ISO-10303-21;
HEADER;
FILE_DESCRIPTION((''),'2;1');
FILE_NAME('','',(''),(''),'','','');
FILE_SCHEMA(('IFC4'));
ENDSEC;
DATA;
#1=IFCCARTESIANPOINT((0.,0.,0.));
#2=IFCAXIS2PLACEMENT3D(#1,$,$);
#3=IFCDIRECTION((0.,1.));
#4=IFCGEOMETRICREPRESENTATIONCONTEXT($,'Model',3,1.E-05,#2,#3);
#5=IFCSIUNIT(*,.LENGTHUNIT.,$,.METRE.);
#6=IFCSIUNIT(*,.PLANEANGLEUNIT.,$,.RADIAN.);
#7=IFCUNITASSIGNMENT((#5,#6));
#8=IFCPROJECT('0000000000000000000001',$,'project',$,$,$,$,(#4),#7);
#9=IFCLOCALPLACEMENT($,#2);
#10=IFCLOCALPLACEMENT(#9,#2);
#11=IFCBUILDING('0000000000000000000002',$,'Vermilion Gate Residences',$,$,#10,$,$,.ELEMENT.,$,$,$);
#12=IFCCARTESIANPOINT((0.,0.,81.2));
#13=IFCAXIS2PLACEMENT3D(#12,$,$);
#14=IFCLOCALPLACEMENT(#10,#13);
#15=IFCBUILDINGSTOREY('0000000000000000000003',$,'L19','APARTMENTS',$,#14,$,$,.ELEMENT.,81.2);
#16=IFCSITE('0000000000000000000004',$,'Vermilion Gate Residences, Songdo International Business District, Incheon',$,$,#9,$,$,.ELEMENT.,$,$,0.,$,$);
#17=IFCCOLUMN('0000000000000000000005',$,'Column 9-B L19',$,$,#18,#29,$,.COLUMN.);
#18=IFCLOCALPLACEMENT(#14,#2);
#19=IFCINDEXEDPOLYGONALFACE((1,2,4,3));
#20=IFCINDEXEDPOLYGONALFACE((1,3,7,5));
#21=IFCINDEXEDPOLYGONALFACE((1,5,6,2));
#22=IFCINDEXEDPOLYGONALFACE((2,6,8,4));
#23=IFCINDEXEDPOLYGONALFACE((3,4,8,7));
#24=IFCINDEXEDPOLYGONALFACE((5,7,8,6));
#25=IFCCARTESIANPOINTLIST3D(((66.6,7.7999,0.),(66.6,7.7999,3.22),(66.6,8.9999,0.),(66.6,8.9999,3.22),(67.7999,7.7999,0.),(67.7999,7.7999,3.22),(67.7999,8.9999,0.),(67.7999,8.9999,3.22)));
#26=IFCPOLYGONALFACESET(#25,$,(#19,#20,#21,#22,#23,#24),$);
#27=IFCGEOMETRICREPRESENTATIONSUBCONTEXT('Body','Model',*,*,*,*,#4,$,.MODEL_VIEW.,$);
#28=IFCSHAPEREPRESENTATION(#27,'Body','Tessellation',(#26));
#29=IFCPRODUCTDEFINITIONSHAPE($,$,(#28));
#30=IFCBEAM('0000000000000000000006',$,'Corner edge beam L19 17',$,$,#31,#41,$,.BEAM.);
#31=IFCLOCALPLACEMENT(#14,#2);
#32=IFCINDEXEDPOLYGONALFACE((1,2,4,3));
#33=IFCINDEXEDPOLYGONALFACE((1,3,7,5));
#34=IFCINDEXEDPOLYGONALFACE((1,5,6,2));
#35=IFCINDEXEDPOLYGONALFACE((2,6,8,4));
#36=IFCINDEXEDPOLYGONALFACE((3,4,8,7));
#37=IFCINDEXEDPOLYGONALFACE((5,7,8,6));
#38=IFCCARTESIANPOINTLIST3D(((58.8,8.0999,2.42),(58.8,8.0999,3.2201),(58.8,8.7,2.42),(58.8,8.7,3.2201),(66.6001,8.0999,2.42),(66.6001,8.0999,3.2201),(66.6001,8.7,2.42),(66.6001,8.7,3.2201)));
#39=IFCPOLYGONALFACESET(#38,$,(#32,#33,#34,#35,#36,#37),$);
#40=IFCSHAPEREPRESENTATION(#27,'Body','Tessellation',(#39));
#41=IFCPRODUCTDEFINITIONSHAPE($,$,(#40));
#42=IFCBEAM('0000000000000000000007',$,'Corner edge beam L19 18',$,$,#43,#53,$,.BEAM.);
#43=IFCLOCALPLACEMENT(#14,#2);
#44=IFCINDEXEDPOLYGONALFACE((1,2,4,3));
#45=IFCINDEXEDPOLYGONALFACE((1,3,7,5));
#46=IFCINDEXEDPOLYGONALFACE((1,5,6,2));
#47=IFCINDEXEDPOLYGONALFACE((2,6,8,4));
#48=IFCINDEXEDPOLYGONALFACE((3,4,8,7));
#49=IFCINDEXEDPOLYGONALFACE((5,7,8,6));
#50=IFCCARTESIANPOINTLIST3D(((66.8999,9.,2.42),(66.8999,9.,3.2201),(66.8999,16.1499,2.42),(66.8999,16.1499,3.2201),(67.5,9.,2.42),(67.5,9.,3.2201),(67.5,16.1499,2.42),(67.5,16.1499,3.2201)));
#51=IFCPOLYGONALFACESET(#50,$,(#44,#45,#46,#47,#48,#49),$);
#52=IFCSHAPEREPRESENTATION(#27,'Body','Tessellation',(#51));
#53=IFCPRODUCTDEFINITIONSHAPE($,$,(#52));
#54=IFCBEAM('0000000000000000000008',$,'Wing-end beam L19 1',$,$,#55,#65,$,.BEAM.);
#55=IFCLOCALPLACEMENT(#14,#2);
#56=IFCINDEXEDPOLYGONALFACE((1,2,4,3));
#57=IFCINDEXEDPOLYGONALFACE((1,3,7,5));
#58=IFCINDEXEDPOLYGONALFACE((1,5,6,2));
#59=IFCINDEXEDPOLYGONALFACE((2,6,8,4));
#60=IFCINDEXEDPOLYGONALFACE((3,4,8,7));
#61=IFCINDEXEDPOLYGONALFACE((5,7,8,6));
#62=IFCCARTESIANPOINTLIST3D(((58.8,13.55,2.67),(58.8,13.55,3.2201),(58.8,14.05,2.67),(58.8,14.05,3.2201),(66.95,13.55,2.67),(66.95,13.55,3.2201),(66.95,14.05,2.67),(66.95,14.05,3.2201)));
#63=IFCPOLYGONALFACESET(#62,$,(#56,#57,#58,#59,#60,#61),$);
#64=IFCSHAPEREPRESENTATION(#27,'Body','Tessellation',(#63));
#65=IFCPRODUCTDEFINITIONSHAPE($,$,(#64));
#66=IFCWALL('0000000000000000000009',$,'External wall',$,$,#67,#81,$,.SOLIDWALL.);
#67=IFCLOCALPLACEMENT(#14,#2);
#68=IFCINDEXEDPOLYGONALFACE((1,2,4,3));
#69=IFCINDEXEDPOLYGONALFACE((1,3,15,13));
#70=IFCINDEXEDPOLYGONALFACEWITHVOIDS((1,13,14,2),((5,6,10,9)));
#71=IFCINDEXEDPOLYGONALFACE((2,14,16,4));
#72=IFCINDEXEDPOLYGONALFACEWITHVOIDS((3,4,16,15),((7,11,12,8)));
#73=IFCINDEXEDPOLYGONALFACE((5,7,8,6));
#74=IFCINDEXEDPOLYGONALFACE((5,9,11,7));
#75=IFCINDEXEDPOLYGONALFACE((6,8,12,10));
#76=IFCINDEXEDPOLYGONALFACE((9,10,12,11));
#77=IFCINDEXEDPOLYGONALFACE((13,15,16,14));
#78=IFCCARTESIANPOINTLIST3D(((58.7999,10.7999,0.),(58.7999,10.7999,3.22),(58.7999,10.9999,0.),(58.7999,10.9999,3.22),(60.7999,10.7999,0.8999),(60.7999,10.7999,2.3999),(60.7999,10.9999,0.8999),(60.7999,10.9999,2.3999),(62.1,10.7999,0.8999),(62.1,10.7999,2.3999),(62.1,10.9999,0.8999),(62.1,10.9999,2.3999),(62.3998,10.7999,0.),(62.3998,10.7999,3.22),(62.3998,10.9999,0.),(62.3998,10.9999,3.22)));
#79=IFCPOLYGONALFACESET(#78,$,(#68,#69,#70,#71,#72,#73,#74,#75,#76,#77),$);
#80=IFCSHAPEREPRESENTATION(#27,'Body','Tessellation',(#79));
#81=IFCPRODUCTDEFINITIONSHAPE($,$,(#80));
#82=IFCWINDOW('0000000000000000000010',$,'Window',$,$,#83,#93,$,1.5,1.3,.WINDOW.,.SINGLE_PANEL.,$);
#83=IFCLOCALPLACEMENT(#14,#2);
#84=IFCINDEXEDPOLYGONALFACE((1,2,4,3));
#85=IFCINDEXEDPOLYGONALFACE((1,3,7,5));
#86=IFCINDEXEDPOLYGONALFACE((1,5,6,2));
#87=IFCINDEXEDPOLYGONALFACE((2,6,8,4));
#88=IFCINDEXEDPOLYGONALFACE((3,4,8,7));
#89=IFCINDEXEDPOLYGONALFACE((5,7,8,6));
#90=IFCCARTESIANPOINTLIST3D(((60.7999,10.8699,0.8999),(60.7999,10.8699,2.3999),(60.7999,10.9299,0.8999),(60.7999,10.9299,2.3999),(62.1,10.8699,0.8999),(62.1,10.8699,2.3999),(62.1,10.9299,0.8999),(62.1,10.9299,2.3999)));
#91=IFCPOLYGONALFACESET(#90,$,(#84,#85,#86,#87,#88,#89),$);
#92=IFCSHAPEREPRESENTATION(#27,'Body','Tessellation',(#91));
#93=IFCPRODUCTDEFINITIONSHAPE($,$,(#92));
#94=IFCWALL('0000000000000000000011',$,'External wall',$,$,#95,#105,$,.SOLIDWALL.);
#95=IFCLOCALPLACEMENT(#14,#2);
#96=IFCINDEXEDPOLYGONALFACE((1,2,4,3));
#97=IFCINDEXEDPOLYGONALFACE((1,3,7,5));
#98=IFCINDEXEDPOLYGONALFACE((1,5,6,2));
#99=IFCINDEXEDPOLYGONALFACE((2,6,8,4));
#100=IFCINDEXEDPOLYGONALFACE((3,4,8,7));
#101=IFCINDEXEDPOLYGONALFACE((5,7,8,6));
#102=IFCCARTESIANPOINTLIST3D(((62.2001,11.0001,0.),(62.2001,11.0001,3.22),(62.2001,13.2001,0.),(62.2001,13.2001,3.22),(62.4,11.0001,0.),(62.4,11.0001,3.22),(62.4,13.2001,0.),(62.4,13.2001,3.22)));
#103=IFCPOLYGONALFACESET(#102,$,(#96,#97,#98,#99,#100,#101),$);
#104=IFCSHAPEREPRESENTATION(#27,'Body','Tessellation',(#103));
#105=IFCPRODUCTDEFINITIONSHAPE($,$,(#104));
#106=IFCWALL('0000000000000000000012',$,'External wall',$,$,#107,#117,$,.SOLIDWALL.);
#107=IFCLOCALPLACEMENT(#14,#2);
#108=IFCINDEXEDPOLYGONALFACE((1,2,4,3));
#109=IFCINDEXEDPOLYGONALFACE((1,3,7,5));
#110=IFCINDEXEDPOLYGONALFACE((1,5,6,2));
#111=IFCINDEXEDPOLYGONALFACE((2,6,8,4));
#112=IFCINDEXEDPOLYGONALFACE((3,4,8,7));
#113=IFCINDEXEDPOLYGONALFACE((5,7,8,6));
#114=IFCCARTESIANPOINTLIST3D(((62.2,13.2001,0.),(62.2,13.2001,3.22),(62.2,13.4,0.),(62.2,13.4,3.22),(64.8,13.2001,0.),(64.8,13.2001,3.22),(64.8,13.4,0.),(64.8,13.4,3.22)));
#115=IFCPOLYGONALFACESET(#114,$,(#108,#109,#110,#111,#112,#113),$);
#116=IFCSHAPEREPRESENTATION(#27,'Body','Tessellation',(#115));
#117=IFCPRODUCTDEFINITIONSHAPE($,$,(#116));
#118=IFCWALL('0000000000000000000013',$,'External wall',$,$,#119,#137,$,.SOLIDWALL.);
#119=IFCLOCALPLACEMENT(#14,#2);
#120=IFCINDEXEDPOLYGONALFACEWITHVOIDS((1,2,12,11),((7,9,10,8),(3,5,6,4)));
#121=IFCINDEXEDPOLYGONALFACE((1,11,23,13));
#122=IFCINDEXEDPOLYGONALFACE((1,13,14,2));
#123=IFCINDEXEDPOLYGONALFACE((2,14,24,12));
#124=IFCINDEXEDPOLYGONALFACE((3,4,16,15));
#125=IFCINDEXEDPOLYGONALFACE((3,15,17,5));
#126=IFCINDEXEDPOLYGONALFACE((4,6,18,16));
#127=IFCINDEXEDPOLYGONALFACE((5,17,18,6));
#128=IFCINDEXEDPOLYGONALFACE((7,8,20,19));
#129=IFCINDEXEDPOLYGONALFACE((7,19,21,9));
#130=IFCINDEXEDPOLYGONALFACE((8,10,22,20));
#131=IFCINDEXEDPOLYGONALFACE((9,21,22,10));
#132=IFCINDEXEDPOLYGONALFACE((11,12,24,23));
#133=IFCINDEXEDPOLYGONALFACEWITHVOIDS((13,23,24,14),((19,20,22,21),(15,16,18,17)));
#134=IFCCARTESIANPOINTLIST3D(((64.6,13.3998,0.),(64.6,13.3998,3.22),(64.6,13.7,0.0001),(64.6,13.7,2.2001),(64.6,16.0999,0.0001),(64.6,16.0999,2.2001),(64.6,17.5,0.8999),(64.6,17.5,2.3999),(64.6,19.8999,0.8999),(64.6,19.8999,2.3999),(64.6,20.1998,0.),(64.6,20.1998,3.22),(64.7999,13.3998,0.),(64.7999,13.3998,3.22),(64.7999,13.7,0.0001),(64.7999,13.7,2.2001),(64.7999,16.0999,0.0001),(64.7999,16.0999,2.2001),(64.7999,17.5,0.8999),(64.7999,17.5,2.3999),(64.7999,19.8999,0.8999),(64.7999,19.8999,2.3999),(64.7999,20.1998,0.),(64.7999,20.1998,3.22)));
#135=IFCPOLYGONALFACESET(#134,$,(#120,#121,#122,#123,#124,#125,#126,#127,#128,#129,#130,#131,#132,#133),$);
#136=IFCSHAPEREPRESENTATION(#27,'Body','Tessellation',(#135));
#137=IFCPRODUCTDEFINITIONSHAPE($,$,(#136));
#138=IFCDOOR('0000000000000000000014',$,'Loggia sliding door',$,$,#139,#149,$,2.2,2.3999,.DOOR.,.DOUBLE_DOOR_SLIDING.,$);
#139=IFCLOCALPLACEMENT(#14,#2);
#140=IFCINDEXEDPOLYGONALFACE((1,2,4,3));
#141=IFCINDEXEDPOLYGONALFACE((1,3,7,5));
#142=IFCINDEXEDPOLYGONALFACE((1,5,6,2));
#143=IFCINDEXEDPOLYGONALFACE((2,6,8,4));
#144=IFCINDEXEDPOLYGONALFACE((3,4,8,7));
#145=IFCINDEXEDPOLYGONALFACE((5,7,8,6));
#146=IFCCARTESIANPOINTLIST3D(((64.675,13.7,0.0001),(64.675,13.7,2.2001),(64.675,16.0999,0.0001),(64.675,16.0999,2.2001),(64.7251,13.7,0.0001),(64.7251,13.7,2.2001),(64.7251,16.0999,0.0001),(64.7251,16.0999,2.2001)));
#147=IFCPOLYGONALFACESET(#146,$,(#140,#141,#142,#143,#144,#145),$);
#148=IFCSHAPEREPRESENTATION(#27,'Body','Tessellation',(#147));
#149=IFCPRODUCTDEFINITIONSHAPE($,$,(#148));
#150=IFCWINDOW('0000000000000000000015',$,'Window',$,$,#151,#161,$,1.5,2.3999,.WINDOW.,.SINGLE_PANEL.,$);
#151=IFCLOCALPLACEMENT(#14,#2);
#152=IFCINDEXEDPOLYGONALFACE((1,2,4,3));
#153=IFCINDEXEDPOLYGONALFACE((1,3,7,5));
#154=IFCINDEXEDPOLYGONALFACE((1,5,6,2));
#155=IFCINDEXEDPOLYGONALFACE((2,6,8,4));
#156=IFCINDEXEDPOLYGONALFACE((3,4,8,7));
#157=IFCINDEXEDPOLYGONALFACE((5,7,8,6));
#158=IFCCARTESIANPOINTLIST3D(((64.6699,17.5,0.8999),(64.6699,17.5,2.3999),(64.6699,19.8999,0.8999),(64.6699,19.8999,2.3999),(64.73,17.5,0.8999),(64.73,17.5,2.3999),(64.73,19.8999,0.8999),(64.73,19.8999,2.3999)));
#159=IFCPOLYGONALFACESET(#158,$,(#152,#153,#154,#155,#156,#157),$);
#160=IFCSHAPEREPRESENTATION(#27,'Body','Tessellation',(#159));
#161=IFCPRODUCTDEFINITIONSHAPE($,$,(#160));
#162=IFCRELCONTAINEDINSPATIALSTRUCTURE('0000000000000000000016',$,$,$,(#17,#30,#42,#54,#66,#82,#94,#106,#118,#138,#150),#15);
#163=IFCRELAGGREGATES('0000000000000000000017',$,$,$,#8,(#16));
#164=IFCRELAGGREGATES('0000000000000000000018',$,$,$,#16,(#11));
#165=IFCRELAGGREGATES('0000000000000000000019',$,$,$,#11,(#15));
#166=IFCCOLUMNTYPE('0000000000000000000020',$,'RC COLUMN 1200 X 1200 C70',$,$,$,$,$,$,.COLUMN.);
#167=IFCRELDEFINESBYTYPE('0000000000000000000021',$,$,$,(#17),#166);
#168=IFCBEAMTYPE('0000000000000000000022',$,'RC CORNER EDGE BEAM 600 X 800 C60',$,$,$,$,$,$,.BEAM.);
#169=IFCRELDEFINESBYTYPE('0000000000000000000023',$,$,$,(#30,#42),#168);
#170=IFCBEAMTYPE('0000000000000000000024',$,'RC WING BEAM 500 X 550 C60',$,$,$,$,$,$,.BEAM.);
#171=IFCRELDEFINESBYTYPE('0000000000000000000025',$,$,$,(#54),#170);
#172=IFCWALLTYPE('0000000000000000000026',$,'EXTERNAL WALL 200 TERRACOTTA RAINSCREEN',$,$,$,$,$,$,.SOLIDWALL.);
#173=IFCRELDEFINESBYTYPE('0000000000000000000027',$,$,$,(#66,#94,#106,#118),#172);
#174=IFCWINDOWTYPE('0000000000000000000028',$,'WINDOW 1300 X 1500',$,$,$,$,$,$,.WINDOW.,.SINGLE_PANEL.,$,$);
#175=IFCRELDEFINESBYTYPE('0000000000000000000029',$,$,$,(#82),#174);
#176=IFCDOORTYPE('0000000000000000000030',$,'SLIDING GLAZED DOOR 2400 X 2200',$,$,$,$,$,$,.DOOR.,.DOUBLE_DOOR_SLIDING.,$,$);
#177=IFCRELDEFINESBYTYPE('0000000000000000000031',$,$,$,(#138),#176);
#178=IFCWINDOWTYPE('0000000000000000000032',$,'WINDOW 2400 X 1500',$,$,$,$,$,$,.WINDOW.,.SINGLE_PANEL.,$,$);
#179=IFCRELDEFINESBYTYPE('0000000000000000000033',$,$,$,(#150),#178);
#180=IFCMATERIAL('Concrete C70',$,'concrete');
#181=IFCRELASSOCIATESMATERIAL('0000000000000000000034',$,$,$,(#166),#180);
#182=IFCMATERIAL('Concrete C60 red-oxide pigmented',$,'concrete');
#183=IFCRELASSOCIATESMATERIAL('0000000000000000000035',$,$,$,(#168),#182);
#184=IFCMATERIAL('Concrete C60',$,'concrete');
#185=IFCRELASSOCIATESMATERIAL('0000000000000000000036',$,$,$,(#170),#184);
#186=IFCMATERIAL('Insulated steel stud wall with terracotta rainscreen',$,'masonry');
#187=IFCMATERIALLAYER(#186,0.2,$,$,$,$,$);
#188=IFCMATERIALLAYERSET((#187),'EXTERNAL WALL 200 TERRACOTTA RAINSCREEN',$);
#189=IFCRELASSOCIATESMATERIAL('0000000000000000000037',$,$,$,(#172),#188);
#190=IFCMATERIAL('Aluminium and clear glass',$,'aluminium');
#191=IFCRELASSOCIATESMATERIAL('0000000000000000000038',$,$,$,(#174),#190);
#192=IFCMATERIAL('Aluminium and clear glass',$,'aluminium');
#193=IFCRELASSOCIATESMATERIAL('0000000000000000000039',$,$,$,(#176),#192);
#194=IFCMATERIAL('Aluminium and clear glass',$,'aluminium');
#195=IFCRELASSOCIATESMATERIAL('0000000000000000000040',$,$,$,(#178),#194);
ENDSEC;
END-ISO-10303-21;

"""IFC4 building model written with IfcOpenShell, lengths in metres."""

from ifc_helpers import new_model, si_unit, direction, frame, frame_2d, origin, origin_2d, place, context, subcontext, project, spatial, rectangle, extrude, material, layer, layer_set, material_profile, profile_set, type_object, element, fill, save


model = new_model("IFC4")

# Units and contexts
model_context = context("Model", 3, precision=1e-05, world=origin(), true_north=direction((0.0, 1.0)))
body_context = subcontext(model_context, "Body", "Model", "MODEL_VIEW")
ifc_project = project(units=[si_unit("LENGTHUNIT", "METRE"), si_unit("PLANEANGLEUNIT", "RADIAN")], contexts=[model_context])

# Site, building, storey
site_placement = place(None, origin())
site = spatial("IfcSite", under=ifc_project, at=site_placement, Name="Vermilion Gate Residences, Songdo International Business District, Incheon", CompositionType="ELEMENT", RefElevation=0.0)
building_placement = place(site_placement, origin())
building = spatial("IfcBuilding", under=site, at=building_placement, Name="Vermilion Gate Residences", CompositionType="ELEMENT")
storey_placement = place(building_placement, frame((0.0, 0.0, 81.2)))
storey = spatial("IfcBuildingStorey", under=building, at=storey_placement, Name="L19", Description="APARTMENTS", CompositionType="ELEMENT", Elevation=81.2)

# Column
ifc_material_1 = material(Name="Concrete C70", Category="concrete")
ifc_material_profile_1 = material_profile(ifc_material_1, rectangle(XDim=1.2, YDim=1.2, at=origin_2d()), Name="RC-1200x1200")
ifc_profile_set_1 = profile_set([ifc_material_profile_1], Name="Concrete C70")
column_type = type_object("IfcColumnType", Name="RC COLUMN 1200 X 1200 C70", PredefinedType="COLUMN", material=ifc_profile_set_1)
column_placement = place(storey_placement, frame((67.2, 8.3999, 0.0), z_axis=(0.0, 0.0, 1.0), x_axis=(1.0, 0.0, 0.0)))
element("IfcColumn", 1, at=column_placement, inside=storey, type_object=column_type, Name="Column 9-B L19", PredefinedType="COLUMN", context=body_context, shape_type="SweptSolid", body=[
    extrude(rectangle(XDim=1.2, YDim=1.2, at=origin_2d()), origin(), (0.0, 0.0, 1.0), 3.22),
])

# Beams
ifc_material_2 = material(Name="Concrete C60 red-oxide pigmented", Category="concrete")
ifc_material_profile_2 = material_profile(ifc_material_2, rectangle(XDim=0.6001, YDim=0.8, at=origin_2d()), Name="RC-600x800")
ifc_profile_set_2 = profile_set([ifc_material_profile_2], Name="Concrete C60 red-oxide pigmented")
beam_type_1 = type_object("IfcBeamType", Name="RC CORNER EDGE BEAM 600 X 800 C60", PredefinedType="BEAM", material=ifc_profile_set_2)
beam_1_placement = place(storey_placement, frame((58.8, 8.3999, 2.8201), z_axis=(1.0, 0.0, 0.0), x_axis=(0.0, 1.0, 0.0)))
element("IfcBeam", 2, at=beam_1_placement, inside=storey, type_object=beam_type_1, Name="Corner edge beam L19 17", PredefinedType="BEAM", context=body_context, shape_type="SweptSolid", body=[
    extrude(rectangle(XDim=0.6001, YDim=0.8, at=origin_2d()), origin(), (0.0, 0.0, 1.0), 7.8),
])
beam_2_placement = place(storey_placement, frame((67.2, 9.0, 2.8201), z_axis=(0.0, 1.0, 0.0), x_axis=(-1.0, 0.0, 0.0)))
element("IfcBeam", 3, at=beam_2_placement, inside=storey, type_object=beam_type_1, Name="Corner edge beam L19 18", PredefinedType="BEAM", context=body_context, shape_type="SweptSolid", body=[
    extrude(rectangle(XDim=0.6001, YDim=0.8, at=origin_2d()), origin(), (0.0, 0.0, 1.0), 7.1499),
])
ifc_material_3 = material(Name="Concrete C60", Category="concrete")
ifc_material_profile_3 = material_profile(ifc_material_3, rectangle(XDim=0.5, YDim=0.55, at=origin_2d()), Name="RC-500x550")
ifc_profile_set_3 = profile_set([ifc_material_profile_3], Name="Concrete C60")
beam_type_2 = type_object("IfcBeamType", Name="RC WING BEAM 500 X 550 C60", PredefinedType="BEAM", material=ifc_profile_set_3)
beam_3_placement = place(storey_placement, frame((58.8, 13.8, 2.9451), z_axis=(1.0, 0.0, 0.0), x_axis=(0.0, 1.0, 0.0)))
element("IfcBeam", 4, at=beam_3_placement, inside=storey, type_object=beam_type_2, Name="Wing-end beam L19 1", PredefinedType="BEAM", context=body_context, shape_type="SweptSolid", body=[
    extrude(rectangle(XDim=0.5, YDim=0.55, at=origin_2d()), origin(), (0.0, 0.0, 1.0), 8.1499),
])

# Wall, opening, window
ifc_material_4 = material(Name="Insulated steel stud wall with terracotta rainscreen", Category="masonry")
ifc_layer_1 = layer(ifc_material_4, 0.2)
ifc_layer_set_1 = layer_set([ifc_layer_1], Name="EXTERNAL WALL 200 TERRACOTTA RAINSCREEN")
wall_type_1 = type_object("IfcWallType", Name="EXTERNAL WALL 200 TERRACOTTA RAINSCREEN", PredefinedType="SOLIDWALL", material=ifc_layer_set_1)
wall_1_placement = place(storey_placement, frame((58.8, 10.8999, 0.0), z_axis=(0.0, 0.0, 1.0), x_axis=(1.0, 0.0, 0.0)))
wall_1 = element("IfcWall", 5, at=wall_1_placement, inside=storey, type_object=wall_type_1, Name="External wall", PredefinedType="SOLIDWALL", context=body_context, shape_type="SweptSolid", body=[
    extrude(rectangle(XDim=3.5999, YDim=0.2, at=frame_2d((1.7998, 0.0))), origin(), (0.0, 0.0, 1.0), 3.22),
])
opening_1_placement = place(wall_1_placement, frame((2.0, 0.0, 0.8999)))
opening_1 = element("IfcOpeningElement", 6, at=opening_1_placement, cuts=wall_1, PredefinedType="OPENING", context=body_context, shape_type="SweptSolid", body=[
    extrude(rectangle(XDim=1.3, YDim=1.5, at=frame_2d((0.6499, 0.75))), frame((0.0, 0.1099, 0.0), z_axis=(0.0, -1.0, 0.0), x_axis=(1.0, 0.0, 0.0)), (0.0, 0.0, 1.0), 0.22),
])
ifc_material_5 = material(Name="Aluminium and clear glass", Category="aluminium")
window_type_1 = type_object("IfcWindowType", Name="WINDOW 1300 X 1500", PartitioningType="SINGLE_PANEL", PredefinedType="WINDOW", material=ifc_material_5)
window_1_placement = place(opening_1_placement, origin())
window_1 = element("IfcWindow", 7, at=window_1_placement, inside=storey, type_object=window_type_1, Name="Window", OverallHeight=1.5, OverallWidth=1.3, PartitioningType="SINGLE_PANEL", PredefinedType="WINDOW", context=body_context, shape_type="SweptSolid", body=[
    extrude(rectangle(XDim=1.3, YDim=1.5, at=frame_2d((0.6499, 0.75))), frame((0.0, 0.03, 0.0), z_axis=(0.0, -1.0, 0.0), x_axis=(1.0, 0.0, 0.0)), (0.0, 0.0, 1.0), 0.0601),
])
fill(opening_1, window_1)

# Walls
wall_2_placement = place(storey_placement, frame((62.3, 11.0, 0.0), z_axis=(0.0, 0.0, 1.0), x_axis=(0.0, 1.0, 0.0)))
element("IfcWall", 8, at=wall_2_placement, inside=storey, type_object=wall_type_1, Name="External wall", PredefinedType="SOLIDWALL", context=body_context, shape_type="SweptSolid", body=[
    extrude(rectangle(XDim=2.2, YDim=0.2, at=frame_2d((1.1001, 0.0))), origin(), (0.0, 0.0, 1.0), 3.22),
])
wall_3_placement = place(storey_placement, frame((62.2, 13.3, 0.0), z_axis=(0.0, 0.0, 1.0), x_axis=(1.0, 0.0, 0.0)))
element("IfcWall", 9, at=wall_3_placement, inside=storey, type_object=wall_type_1, Name="External wall", PredefinedType="SOLIDWALL", context=body_context, shape_type="SweptSolid", body=[
    extrude(rectangle(XDim=2.6001, YDim=0.2, at=frame_2d((1.3, 0.0))), origin(), (0.0, 0.0, 1.0), 3.22),
])

# Wall, openings, door, window
wall_4_placement = place(storey_placement, frame((64.7, 13.3999, 0.0), z_axis=(0.0, 0.0, 1.0), x_axis=(0.0, 1.0, 0.0)))
wall_4 = element("IfcWall", 10, at=wall_4_placement, inside=storey, type_object=wall_type_1, Name="External wall", PredefinedType="SOLIDWALL", context=body_context, shape_type="SweptSolid", body=[
    extrude(rectangle(XDim=6.8, YDim=0.2, at=frame_2d((3.3999, 0.0))), origin(), (0.0, 0.0, 1.0), 3.22),
])
opening_2_placement = place(wall_4_placement, frame((4.1001, 0.0, 0.8999)))
opening_2 = element("IfcOpeningElement", 11, at=opening_2_placement, cuts=wall_4, PredefinedType="OPENING", context=body_context, shape_type="SweptSolid", body=[
    extrude(rectangle(XDim=2.3999, YDim=1.5, at=frame_2d((1.2, 0.75))), frame((0.0, 0.1099, 0.0), z_axis=(0.0, -1.0, 0.0), x_axis=(1.0, 0.0, 0.0)), (0.0, 0.0, 1.0), 0.22),
])
opening_3_placement = place(wall_4_placement, frame((0.3, 0.0, 0.0)))
opening_3 = element("IfcOpeningElement", 12, at=opening_3_placement, cuts=wall_4, PredefinedType="OPENING", context=body_context, shape_type="SweptSolid", body=[
    extrude(rectangle(XDim=2.3999, YDim=2.2, at=frame_2d((1.2, 1.1001))), frame((0.0, 0.1099, 0.0), z_axis=(0.0, -1.0, 0.0), x_axis=(1.0, 0.0, 0.0)), (0.0, 0.0, 1.0), 0.22),
])
ifc_material_6 = material(Name="Aluminium and clear glass", Category="aluminium")
door_type_1 = type_object("IfcDoorType", Name="SLIDING GLAZED DOOR 2400 X 2200", OperationType="DOUBLE_DOOR_SLIDING", PredefinedType="DOOR", material=ifc_material_6)
door_1_placement = place(opening_3_placement, origin())
door_1 = element("IfcDoor", 13, at=door_1_placement, inside=storey, type_object=door_type_1, Name="Loggia sliding door", OperationType="DOUBLE_DOOR_SLIDING", OverallHeight=2.2, OverallWidth=2.3999, PredefinedType="DOOR", context=body_context, shape_type="SweptSolid", body=[
    extrude(rectangle(XDim=2.3999, YDim=2.2, at=frame_2d((1.2, 1.1001))), frame((0.0, 0.0249, 0.0), z_axis=(0.0, -1.0, 0.0), x_axis=(1.0, 0.0, 0.0)), (0.0, 0.0, 1.0), 0.05),
])
fill(opening_3, door_1)
ifc_material_7 = material(Name="Aluminium and clear glass", Category="aluminium")
window_type_2 = type_object("IfcWindowType", Name="WINDOW 2400 X 1500", PartitioningType="SINGLE_PANEL", PredefinedType="WINDOW", material=ifc_material_7)
window_2_placement = place(opening_2_placement, origin())
window_2 = element("IfcWindow", 14, at=window_2_placement, inside=storey, type_object=window_type_2, Name="Window", OverallHeight=1.5, OverallWidth=2.3999, PartitioningType="SINGLE_PANEL", PredefinedType="WINDOW", context=body_context, shape_type="SweptSolid", body=[
    extrude(rectangle(XDim=2.3999, YDim=1.5, at=frame_2d((1.2, 0.75))), frame((0.0, 0.03, 0.0), z_axis=(0.0, -1.0, 0.0), x_axis=(1.0, 0.0, 0.0)), (0.0, 0.0, 1.0), 0.0601),
])
fill(opening_2, window_2)

save(model, "model.ifc")
